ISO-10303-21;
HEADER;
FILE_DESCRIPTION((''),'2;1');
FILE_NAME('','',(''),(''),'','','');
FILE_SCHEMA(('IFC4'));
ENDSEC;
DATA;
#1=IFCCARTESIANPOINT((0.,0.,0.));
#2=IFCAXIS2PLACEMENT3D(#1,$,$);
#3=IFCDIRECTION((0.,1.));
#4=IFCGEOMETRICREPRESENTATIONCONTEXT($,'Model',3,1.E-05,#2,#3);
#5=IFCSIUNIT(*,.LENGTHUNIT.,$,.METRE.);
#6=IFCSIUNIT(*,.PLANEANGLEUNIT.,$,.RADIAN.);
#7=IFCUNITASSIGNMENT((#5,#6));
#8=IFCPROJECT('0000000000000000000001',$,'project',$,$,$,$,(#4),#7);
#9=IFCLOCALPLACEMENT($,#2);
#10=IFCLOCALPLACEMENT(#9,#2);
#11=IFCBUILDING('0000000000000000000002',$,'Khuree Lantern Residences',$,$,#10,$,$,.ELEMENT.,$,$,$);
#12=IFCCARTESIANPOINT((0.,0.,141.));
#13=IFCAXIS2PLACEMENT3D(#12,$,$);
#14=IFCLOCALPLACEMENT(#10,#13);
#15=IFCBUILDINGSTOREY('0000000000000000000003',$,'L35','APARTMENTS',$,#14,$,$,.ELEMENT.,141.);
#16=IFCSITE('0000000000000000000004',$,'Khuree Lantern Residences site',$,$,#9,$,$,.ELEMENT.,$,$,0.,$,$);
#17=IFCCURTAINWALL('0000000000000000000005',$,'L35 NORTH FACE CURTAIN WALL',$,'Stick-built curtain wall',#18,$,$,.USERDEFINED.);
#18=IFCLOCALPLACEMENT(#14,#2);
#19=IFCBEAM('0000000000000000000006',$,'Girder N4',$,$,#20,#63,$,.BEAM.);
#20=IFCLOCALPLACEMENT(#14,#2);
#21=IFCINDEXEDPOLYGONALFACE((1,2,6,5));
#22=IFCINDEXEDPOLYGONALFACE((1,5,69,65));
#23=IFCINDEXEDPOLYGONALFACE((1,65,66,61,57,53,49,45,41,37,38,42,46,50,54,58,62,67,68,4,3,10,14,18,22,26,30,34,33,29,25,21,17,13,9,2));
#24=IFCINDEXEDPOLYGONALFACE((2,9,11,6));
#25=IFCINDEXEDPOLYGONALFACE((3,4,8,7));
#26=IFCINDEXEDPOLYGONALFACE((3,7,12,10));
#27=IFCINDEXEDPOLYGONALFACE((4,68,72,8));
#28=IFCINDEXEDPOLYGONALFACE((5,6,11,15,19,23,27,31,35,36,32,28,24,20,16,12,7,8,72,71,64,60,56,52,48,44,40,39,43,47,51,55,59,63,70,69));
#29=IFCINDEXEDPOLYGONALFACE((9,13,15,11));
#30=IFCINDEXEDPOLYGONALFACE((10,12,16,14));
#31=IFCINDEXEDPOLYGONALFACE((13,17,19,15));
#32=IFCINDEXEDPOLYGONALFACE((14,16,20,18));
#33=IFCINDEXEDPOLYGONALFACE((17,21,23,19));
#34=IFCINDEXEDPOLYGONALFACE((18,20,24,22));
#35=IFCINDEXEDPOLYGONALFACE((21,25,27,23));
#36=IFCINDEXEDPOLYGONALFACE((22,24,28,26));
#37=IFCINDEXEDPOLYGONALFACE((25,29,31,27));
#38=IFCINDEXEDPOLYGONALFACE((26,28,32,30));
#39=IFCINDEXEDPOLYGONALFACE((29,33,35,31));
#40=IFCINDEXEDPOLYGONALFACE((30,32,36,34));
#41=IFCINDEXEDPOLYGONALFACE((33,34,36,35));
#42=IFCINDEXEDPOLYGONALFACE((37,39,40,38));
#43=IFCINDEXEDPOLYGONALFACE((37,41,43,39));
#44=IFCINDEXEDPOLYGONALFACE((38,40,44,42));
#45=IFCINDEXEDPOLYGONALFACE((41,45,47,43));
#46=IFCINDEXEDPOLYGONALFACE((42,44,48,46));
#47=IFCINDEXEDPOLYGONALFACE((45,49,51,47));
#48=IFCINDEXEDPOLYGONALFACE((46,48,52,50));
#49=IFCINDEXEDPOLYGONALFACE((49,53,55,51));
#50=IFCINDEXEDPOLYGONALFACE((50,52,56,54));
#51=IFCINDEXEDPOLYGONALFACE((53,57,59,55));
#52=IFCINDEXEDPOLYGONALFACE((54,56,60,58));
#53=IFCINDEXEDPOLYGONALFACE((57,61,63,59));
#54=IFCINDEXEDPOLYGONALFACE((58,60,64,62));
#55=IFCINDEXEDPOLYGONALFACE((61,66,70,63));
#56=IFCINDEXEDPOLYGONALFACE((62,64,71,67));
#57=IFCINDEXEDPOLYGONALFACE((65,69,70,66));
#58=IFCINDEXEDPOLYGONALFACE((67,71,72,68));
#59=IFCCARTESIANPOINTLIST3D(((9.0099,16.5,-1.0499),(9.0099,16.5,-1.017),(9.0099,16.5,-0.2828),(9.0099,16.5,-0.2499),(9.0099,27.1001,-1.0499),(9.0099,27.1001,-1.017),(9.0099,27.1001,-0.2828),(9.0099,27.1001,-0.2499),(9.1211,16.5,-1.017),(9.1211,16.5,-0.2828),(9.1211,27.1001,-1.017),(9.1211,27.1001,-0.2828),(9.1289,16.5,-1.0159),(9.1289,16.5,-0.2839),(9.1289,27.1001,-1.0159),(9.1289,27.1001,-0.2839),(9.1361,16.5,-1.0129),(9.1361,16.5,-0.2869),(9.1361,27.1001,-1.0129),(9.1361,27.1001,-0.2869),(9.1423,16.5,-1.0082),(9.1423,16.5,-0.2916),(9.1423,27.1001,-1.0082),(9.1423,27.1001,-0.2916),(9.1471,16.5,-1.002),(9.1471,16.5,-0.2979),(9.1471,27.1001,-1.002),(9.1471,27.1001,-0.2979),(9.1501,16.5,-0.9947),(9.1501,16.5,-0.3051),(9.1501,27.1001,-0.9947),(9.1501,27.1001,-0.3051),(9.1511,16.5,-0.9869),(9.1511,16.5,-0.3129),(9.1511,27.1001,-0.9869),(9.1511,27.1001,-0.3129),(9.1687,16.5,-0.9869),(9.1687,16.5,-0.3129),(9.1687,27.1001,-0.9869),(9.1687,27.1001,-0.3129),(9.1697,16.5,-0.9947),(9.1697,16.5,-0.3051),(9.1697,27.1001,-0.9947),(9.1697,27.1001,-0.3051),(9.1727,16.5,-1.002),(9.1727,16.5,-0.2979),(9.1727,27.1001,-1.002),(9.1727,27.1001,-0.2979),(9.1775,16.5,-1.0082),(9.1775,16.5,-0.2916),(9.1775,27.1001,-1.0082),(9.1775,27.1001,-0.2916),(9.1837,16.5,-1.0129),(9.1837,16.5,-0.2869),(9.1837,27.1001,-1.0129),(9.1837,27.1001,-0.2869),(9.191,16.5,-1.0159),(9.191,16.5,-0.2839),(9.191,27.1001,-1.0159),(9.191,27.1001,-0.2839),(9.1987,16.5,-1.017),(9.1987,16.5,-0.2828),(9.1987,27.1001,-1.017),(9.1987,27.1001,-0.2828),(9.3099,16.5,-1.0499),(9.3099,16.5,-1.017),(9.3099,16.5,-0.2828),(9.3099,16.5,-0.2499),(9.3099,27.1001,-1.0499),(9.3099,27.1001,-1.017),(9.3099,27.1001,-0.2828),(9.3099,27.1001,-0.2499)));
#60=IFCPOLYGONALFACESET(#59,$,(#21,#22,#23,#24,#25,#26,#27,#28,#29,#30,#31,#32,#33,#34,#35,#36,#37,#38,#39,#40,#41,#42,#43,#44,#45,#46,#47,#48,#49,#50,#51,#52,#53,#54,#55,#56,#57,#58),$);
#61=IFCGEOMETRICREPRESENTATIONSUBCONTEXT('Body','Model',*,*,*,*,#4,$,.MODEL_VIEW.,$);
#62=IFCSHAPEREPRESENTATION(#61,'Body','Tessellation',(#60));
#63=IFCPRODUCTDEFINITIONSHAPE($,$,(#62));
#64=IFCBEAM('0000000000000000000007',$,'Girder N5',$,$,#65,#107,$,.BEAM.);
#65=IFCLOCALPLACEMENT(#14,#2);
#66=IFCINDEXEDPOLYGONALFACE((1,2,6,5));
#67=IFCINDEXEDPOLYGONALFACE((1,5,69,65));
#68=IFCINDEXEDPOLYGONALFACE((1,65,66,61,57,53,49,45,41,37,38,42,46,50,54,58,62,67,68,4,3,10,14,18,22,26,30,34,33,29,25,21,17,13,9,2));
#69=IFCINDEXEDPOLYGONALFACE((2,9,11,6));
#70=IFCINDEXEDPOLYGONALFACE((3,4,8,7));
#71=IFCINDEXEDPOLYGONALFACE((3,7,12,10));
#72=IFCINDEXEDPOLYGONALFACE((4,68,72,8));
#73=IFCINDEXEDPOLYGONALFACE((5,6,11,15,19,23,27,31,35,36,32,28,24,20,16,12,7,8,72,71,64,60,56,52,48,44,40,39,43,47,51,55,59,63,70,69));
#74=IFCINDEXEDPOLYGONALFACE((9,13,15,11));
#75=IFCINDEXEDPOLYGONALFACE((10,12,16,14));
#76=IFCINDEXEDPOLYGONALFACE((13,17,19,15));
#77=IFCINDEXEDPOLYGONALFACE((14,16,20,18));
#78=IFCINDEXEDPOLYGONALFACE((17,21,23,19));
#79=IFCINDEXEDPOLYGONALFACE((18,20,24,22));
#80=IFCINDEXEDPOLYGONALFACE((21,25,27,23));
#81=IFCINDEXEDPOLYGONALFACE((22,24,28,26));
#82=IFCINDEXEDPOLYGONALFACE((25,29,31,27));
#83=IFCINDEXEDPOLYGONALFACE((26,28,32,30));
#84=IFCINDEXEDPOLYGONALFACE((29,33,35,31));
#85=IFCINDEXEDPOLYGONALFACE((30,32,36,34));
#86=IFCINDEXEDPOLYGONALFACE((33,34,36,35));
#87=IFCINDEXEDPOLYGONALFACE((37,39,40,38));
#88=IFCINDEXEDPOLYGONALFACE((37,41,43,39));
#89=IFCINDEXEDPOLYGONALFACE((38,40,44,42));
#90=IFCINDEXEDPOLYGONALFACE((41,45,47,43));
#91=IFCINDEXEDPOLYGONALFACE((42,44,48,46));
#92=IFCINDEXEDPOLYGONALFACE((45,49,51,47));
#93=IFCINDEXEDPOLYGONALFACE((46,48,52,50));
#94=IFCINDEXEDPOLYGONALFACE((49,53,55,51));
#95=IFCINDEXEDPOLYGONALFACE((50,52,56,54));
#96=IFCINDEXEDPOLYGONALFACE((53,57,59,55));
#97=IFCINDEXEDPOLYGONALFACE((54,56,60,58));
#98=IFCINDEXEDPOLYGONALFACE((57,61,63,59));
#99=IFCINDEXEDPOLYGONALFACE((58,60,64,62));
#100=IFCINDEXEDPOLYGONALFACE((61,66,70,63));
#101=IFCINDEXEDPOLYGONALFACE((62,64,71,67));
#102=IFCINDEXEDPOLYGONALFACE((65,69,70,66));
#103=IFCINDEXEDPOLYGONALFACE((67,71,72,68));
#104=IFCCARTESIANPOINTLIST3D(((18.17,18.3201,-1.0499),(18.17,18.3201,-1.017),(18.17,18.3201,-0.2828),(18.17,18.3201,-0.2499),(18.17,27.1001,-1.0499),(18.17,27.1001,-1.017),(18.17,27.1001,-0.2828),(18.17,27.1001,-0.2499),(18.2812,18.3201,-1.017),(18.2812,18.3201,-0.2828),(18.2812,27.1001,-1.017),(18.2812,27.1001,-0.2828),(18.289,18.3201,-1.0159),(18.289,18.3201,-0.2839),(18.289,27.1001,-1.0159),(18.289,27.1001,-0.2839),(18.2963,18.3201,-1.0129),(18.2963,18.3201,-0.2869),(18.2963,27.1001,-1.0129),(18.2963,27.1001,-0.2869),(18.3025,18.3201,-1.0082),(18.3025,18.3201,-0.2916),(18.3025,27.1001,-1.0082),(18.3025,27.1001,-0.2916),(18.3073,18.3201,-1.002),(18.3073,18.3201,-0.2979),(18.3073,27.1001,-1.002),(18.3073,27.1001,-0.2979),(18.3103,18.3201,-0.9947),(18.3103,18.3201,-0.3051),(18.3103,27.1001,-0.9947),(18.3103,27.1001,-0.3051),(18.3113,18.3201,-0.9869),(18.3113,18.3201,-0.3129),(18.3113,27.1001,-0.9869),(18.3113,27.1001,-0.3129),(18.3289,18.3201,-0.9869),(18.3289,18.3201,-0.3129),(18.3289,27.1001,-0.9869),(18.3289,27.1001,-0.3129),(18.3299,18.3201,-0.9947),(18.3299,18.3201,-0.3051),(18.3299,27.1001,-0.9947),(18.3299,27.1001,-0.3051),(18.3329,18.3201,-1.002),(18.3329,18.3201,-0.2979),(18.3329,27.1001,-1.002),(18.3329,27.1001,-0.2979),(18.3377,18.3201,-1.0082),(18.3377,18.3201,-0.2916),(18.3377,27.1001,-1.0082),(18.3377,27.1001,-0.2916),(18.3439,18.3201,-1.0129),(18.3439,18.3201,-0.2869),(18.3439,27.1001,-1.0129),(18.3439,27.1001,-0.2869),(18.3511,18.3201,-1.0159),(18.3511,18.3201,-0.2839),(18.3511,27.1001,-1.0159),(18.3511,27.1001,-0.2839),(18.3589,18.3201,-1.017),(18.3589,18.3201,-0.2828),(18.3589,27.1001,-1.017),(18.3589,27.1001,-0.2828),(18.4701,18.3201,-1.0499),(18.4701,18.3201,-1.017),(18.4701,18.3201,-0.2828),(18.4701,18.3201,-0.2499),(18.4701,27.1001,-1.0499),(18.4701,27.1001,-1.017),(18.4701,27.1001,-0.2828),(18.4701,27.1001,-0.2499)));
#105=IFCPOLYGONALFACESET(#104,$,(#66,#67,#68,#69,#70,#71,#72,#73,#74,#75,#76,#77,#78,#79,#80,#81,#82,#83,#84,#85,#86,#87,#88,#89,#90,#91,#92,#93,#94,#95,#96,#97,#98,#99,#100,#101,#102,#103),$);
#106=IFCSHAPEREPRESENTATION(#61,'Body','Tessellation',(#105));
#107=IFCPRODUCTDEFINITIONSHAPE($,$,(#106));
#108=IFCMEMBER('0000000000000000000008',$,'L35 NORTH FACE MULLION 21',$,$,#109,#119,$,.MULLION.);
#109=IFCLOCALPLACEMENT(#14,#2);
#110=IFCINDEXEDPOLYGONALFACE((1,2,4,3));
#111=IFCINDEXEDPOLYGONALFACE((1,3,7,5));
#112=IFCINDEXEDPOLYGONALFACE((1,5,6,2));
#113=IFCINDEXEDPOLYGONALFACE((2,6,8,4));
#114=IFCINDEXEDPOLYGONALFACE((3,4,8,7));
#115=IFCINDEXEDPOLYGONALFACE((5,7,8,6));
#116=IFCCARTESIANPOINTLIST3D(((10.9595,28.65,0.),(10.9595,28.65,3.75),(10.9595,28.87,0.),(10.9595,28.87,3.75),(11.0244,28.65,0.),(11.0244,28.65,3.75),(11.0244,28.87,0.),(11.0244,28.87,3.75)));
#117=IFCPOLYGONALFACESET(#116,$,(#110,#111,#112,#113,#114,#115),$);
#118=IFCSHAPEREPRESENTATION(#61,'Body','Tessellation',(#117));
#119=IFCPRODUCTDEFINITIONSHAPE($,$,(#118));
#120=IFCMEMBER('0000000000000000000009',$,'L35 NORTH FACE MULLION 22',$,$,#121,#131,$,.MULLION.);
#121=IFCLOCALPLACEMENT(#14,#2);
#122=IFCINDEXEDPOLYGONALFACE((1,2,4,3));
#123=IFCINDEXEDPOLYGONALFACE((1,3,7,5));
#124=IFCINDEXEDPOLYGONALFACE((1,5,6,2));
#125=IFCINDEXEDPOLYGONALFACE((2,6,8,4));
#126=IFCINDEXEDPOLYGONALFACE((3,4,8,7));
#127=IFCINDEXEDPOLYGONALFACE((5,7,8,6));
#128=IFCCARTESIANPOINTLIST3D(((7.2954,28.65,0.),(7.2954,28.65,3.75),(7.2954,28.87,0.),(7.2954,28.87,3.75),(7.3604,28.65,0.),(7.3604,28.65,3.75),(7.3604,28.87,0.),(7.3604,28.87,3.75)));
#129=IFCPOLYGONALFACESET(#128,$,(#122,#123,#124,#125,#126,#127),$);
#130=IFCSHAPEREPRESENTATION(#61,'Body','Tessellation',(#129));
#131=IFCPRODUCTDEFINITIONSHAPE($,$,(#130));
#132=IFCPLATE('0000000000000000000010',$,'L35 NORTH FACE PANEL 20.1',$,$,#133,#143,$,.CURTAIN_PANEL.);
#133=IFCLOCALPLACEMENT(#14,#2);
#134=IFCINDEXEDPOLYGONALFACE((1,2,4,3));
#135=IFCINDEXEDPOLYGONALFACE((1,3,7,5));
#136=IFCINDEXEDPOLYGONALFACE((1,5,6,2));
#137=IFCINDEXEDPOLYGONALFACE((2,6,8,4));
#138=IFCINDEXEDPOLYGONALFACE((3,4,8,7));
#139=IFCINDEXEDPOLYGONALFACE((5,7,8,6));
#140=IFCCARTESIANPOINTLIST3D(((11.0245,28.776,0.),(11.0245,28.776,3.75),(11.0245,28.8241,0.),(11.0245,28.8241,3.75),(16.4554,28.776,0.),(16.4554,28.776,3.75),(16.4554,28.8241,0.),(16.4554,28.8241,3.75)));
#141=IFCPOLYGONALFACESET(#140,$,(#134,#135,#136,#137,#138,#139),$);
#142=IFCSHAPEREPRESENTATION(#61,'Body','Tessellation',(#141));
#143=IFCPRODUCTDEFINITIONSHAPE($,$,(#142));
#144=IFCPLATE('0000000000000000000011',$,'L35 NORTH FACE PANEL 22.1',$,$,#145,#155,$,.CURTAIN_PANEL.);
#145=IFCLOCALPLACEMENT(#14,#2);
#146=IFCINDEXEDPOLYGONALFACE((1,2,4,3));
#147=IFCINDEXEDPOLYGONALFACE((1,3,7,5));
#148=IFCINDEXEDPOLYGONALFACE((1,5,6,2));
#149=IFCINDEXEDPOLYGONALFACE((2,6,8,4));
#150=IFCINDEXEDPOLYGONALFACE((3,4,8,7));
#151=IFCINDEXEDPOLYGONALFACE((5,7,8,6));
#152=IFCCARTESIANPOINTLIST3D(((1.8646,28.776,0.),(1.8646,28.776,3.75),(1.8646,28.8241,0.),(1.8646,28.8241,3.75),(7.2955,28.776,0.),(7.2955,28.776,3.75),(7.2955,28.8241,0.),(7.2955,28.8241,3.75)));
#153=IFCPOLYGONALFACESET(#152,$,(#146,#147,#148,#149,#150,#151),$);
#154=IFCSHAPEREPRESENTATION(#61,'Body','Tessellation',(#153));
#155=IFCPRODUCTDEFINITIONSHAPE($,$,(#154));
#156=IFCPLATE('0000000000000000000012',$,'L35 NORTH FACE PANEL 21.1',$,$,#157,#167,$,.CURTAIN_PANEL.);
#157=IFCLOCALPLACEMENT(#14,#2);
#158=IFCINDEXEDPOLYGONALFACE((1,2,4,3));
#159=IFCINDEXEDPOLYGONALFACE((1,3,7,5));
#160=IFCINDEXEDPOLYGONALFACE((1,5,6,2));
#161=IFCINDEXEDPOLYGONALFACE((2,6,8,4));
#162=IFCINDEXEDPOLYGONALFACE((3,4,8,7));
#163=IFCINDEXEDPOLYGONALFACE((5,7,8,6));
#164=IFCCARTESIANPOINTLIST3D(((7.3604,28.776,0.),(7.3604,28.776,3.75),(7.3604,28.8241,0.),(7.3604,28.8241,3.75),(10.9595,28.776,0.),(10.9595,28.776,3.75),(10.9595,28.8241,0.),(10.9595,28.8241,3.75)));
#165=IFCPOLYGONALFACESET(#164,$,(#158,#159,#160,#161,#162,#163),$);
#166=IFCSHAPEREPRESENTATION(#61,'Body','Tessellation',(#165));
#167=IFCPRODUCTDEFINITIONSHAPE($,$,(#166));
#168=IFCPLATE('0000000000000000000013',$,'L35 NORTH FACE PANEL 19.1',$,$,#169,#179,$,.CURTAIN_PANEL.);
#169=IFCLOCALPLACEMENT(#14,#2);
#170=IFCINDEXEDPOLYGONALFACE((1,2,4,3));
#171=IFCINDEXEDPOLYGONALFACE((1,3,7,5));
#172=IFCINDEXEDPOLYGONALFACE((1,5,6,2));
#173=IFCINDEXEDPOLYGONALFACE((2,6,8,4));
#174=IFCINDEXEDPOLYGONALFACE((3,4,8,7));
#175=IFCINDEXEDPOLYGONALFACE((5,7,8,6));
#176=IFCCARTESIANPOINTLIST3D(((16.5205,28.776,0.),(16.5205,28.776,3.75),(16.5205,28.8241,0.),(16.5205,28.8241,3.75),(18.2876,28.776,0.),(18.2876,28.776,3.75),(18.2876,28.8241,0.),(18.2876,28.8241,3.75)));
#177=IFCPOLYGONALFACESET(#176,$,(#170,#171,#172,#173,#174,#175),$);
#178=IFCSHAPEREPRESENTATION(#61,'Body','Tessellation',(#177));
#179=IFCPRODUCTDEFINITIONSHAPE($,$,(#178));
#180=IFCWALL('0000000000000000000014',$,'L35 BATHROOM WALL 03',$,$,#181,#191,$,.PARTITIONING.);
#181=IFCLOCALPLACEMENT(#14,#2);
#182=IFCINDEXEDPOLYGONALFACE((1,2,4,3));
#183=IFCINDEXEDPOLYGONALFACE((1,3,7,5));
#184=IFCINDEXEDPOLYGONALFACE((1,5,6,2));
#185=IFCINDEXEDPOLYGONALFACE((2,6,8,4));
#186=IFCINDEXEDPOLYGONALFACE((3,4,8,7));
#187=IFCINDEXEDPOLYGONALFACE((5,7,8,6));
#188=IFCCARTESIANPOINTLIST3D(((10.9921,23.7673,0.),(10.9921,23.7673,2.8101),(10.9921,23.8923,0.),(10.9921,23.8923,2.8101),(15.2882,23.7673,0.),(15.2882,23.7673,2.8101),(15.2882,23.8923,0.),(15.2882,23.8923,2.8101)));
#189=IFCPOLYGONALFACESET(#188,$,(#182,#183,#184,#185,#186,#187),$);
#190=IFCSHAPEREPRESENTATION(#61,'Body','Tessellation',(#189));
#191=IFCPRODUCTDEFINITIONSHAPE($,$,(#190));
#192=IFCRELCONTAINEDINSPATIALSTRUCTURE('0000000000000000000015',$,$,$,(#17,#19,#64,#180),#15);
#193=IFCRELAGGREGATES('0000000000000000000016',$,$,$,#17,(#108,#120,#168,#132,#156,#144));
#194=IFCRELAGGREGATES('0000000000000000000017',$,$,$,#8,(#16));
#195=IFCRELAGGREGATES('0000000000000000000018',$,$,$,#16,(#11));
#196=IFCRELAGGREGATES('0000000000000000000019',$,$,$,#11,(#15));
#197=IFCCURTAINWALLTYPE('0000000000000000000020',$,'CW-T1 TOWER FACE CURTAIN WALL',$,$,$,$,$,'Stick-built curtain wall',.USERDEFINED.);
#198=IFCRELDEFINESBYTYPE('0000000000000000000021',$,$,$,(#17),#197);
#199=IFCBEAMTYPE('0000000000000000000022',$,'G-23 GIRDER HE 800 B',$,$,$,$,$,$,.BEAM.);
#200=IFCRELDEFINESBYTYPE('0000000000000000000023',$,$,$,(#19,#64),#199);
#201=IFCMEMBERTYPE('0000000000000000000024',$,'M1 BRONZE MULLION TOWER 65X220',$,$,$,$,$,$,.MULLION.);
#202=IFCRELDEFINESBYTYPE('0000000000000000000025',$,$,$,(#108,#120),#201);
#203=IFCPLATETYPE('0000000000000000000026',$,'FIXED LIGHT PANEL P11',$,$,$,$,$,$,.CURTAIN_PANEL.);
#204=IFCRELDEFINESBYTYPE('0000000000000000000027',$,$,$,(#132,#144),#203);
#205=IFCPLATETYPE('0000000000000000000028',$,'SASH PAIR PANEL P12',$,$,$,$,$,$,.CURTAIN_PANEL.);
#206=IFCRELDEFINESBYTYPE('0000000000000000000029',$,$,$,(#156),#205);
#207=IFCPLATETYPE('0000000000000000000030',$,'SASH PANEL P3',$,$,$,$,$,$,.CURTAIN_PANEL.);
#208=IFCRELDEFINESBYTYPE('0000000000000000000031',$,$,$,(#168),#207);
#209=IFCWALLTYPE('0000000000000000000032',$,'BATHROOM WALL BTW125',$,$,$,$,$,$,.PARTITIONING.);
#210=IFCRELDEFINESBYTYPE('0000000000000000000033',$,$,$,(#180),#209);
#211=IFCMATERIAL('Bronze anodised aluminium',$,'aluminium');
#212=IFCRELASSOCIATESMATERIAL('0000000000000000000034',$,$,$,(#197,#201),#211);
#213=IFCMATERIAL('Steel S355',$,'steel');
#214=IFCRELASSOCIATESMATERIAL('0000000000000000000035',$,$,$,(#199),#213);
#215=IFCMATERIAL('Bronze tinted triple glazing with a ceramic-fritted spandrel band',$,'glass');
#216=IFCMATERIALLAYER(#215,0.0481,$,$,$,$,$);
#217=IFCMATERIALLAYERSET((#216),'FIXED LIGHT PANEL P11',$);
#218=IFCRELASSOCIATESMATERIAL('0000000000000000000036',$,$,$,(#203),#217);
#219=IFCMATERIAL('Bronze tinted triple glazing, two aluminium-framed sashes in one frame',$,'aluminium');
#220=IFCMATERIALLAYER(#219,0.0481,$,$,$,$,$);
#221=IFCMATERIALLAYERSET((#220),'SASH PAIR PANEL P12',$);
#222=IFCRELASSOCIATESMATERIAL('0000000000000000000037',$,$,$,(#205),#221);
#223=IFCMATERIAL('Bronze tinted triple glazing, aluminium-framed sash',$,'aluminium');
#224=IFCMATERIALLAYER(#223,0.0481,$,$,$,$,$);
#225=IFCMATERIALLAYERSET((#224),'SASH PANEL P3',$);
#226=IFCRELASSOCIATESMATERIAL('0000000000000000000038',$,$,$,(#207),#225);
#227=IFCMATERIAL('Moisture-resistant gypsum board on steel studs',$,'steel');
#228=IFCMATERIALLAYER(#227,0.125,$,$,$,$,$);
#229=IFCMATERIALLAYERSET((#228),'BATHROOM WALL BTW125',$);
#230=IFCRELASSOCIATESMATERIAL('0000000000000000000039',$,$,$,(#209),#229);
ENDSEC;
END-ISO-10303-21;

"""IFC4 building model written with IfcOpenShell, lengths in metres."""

from ifc_helpers import new_model, si_unit, direction, frame, frame_2d, origin, origin_2d, place, context, subcontext, project, spatial, rectangle, i_section, extrude, material, layer, layer_set, material_profile, profile_set, type_object, element, aggregate, save


model = new_model("IFC4")

# Units and contexts
model_context = context("Model", 3, precision=1e-05, world=origin(), true_north=direction((0.0, 1.0)))
body_context = subcontext(model_context, "Body", "Model", "MODEL_VIEW")
ifc_project = project(units=[si_unit("LENGTHUNIT", "METRE"), si_unit("PLANEANGLEUNIT", "RADIAN")], contexts=[model_context])

# Site, building, storey
site_placement = place(None, origin())
site = spatial("IfcSite", under=ifc_project, at=site_placement, Name="Khuree Lantern Residences site", CompositionType="ELEMENT", RefElevation=0.0)
building_placement = place(site_placement, origin())
building = spatial("IfcBuilding", under=site, at=building_placement, Name="Khuree Lantern Residences", CompositionType="ELEMENT")
storey_placement = place(building_placement, frame((0.0, 0.0, 141.0)))
storey = spatial("IfcBuildingStorey", under=building, at=storey_placement, Name="L35", Description="APARTMENTS", CompositionType="ELEMENT", Elevation=141.0)

# Shared definitions
ifc_material_1 = material(Name="Steel S355", Category="steel")

# Curtain wall
ifc_material_2 = material(Name="Bronze anodised aluminium", Category="aluminium")
curtain_wall_type = type_object("IfcCurtainWallType", Name="CW-T1 TOWER FACE CURTAIN WALL", ElementType="Stick-built curtain wall", PredefinedType="USERDEFINED", material=ifc_material_2)
curtain_wall_placement = place(storey_placement, origin())
curtain_wall = element("IfcCurtainWall", 1, at=curtain_wall_placement, inside=storey, type_object=curtain_wall_type, Name="L35 NORTH FACE CURTAIN WALL", ObjectType="Stick-built curtain wall", PredefinedType="USERDEFINED")

# Beams
ifc_material_profile_1 = material_profile(ifc_material_1, i_section(OverallWidth=0.3, OverallDepth=0.8, WebThickness=0.0176, FlangeThickness=0.033, FilletRadius=0.03, at=origin_2d()), Name="HE 800 B")
ifc_profile_set_1 = profile_set([ifc_material_profile_1], Name="Steel S355")
beam_type_1 = type_object("IfcBeamType", Name="G-23 GIRDER HE 800 B", PredefinedType="BEAM", material=ifc_profile_set_1)
beam_1_placement = place(storey_placement, frame((9.1599, 27.1001, -0.6499), z_axis=(0.0, -1.0, 0.0), x_axis=(1.0, 0.0, 0.0)))
element("IfcBeam", 2, at=beam_1_placement, inside=storey, type_object=beam_type_1, Name="Girder N4", PredefinedType="BEAM", context=body_context, shape_type="SweptSolid", body=[
    extrude(i_section(OverallWidth=0.3, OverallDepth=0.8, WebThickness=0.0176, FlangeThickness=0.033, FilletRadius=0.03, at=origin_2d()), origin(), (0.0, 0.0, 1.0), 10.6001),
])
beam_2_placement = place(storey_placement, frame((18.3201, 27.1001, -0.6499), z_axis=(0.0, -1.0, 0.0), x_axis=(1.0, 0.0, 0.0)))
element("IfcBeam", 3, at=beam_2_placement, inside=storey, type_object=beam_type_1, Name="Girder N5", PredefinedType="BEAM", context=body_context, shape_type="SweptSolid", body=[
    extrude(i_section(OverallWidth=0.3, OverallDepth=0.8, WebThickness=0.0176, FlangeThickness=0.033, FilletRadius=0.03, at=origin_2d()), origin(), (0.0, 0.0, 1.0), 8.78),
])

# Members
ifc_material_profile_2 = material_profile(ifc_material_2, rectangle(XDim=0.0649, YDim=0.22, at=origin_2d()), Name="M1 65X220")
ifc_profile_set_2 = profile_set([ifc_material_profile_2], Name="Bronze anodised aluminium")
member_type_1 = type_object("IfcMemberType", Name="M1 BRONZE MULLION TOWER 65X220", PredefinedType="MULLION", material=ifc_profile_set_2)
member_1_placement = place(storey_placement, frame((10.9919, 28.76, 0.0), z_axis=(0.0, 0.0, 1.0), x_axis=(-1.0, 0.0, 0.0)))
member_1 = element("IfcMember", 4, at=member_1_placement, type_object=member_type_1, Name="L35 NORTH FACE MULLION 21", PredefinedType="MULLION", context=body_context, shape_type="SweptSolid", body=[
    extrude(rectangle(XDim=0.0649, YDim=0.22, at=origin_2d()), origin(), (0.0, 0.0, 1.0), 3.75),
])
member_2_placement = place(storey_placement, frame((7.3279, 28.76, 0.0), z_axis=(0.0, 0.0, 1.0), x_axis=(-1.0, 0.0, 0.0)))
member_2 = element("IfcMember", 5, at=member_2_placement, type_object=member_type_1, Name="L35 NORTH FACE MULLION 22", PredefinedType="MULLION", context=body_context, shape_type="SweptSolid", body=[
    extrude(rectangle(XDim=0.0649, YDim=0.22, at=origin_2d()), origin(), (0.0, 0.0, 1.0), 3.75),
])

# Plates
ifc_material_3 = material(Name="Bronze tinted triple glazing with a ceramic-fritted spandrel band", Category="glass")
ifc_layer_1 = layer(ifc_material_3, 0.0481)
ifc_layer_set_1 = layer_set([ifc_layer_1], Name="FIXED LIGHT PANEL P11")
plate_type_1 = type_object("IfcPlateType", Name="FIXED LIGHT PANEL P11", PredefinedType="CURTAIN_PANEL", material=ifc_layer_set_1)
plate_1_placement = place(storey_placement, frame((13.74, 28.8, 0.0), z_axis=(0.0, 0.0, 1.0), x_axis=(-1.0, 0.0, 0.0)))
plate_1 = element("IfcPlate", 6, at=plate_1_placement, type_object=plate_type_1, Name="L35 NORTH FACE PANEL 20.1", PredefinedType="CURTAIN_PANEL", context=body_context, shape_type="SweptSolid", body=[
    extrude(rectangle(XDim=5.4309, YDim=0.0481, at=origin_2d()), origin(), (0.0, 0.0, 1.0), 3.75),
])
plate_2_placement = place(storey_placement, frame((4.5801, 28.8, 0.0), z_axis=(0.0, 0.0, 1.0), x_axis=(-1.0, 0.0, 0.0)))
plate_2 = element("IfcPlate", 7, at=plate_2_placement, type_object=plate_type_1, Name="L35 NORTH FACE PANEL 22.1", PredefinedType="CURTAIN_PANEL", context=body_context, shape_type="SweptSolid", body=[
    extrude(rectangle(XDim=5.4309, YDim=0.0481, at=origin_2d()), origin(), (0.0, 0.0, 1.0), 3.75),
])
ifc_material_4 = material(Name="Bronze tinted triple glazing, two aluminium-framed sashes in one frame", Category="aluminium")
ifc_layer_2 = layer(ifc_material_4, 0.0481)
ifc_layer_set_2 = layer_set([ifc_layer_2], Name="SASH PAIR PANEL P12")
plate_type_2 = type_object("IfcPlateType", Name="SASH PAIR PANEL P12", PredefinedType="CURTAIN_PANEL", material=ifc_layer_set_2)
plate_3_placement = place(storey_placement, frame((9.1599, 28.8, 0.0), z_axis=(0.0, 0.0, 1.0), x_axis=(-1.0, 0.0, 0.0)))
plate_3 = element("IfcPlate", 8, at=plate_3_placement, type_object=plate_type_2, Name="L35 NORTH FACE PANEL 21.1", PredefinedType="CURTAIN_PANEL", context=body_context, shape_type="SweptSolid", body=[
    extrude(rectangle(XDim=3.5991, YDim=0.0481, at=origin_2d()), origin(), (0.0, 0.0, 1.0), 3.75),
])
ifc_material_5 = material(Name="Bronze tinted triple glazing, aluminium-framed sash", Category="aluminium")
ifc_layer_3 = layer(ifc_material_5, 0.0481)
ifc_layer_set_3 = layer_set([ifc_layer_3], Name="SASH PANEL P3")
plate_type_3 = type_object("IfcPlateType", Name="SASH PANEL P3", PredefinedType="CURTAIN_PANEL", material=ifc_layer_set_3)
plate_4_placement = place(storey_placement, frame((17.4041, 28.8, 0.0), z_axis=(0.0, 0.0, 1.0), x_axis=(-1.0, 0.0, 0.0)))
plate_4 = element("IfcPlate", 9, at=plate_4_placement, type_object=plate_type_3, Name="L35 NORTH FACE PANEL 19.1", PredefinedType="CURTAIN_PANEL", context=body_context, shape_type="SweptSolid", body=[
    extrude(rectangle(XDim=1.7671, YDim=0.0481, at=origin_2d()), origin(), (0.0, 0.0, 1.0), 3.75),
])
aggregate(curtain_wall, [member_1, member_2, plate_4, plate_1, plate_3, plate_2])

# Wall
ifc_material_6 = material(Name="Moisture-resistant gypsum board on steel studs", Category="steel")
ifc_layer_4 = layer(ifc_material_6, 0.125)
ifc_layer_set_4 = layer_set([ifc_layer_4], Name="BATHROOM WALL BTW125")
wall_type_1 = type_object("IfcWallType", Name="BATHROOM WALL BTW125", PredefinedType="PARTITIONING", material=ifc_layer_set_4)
wall_1_placement = place(storey_placement, frame((15.2881, 23.8298, 0.0), z_axis=(0.0, 0.0, 1.0), x_axis=(-1.0, 0.0, 0.0)))
element("IfcWall", 10, at=wall_1_placement, inside=storey, type_object=wall_type_1, Name="L35 BATHROOM WALL 03", PredefinedType="PARTITIONING", context=body_context, shape_type="SweptSolid", body=[
    extrude(rectangle(XDim=4.2961, YDim=0.125, at=frame_2d((2.1479, 0.0))), origin(), (0.0, 0.0, 1.0), 2.8101),
])

save(model, "model.ifc")
